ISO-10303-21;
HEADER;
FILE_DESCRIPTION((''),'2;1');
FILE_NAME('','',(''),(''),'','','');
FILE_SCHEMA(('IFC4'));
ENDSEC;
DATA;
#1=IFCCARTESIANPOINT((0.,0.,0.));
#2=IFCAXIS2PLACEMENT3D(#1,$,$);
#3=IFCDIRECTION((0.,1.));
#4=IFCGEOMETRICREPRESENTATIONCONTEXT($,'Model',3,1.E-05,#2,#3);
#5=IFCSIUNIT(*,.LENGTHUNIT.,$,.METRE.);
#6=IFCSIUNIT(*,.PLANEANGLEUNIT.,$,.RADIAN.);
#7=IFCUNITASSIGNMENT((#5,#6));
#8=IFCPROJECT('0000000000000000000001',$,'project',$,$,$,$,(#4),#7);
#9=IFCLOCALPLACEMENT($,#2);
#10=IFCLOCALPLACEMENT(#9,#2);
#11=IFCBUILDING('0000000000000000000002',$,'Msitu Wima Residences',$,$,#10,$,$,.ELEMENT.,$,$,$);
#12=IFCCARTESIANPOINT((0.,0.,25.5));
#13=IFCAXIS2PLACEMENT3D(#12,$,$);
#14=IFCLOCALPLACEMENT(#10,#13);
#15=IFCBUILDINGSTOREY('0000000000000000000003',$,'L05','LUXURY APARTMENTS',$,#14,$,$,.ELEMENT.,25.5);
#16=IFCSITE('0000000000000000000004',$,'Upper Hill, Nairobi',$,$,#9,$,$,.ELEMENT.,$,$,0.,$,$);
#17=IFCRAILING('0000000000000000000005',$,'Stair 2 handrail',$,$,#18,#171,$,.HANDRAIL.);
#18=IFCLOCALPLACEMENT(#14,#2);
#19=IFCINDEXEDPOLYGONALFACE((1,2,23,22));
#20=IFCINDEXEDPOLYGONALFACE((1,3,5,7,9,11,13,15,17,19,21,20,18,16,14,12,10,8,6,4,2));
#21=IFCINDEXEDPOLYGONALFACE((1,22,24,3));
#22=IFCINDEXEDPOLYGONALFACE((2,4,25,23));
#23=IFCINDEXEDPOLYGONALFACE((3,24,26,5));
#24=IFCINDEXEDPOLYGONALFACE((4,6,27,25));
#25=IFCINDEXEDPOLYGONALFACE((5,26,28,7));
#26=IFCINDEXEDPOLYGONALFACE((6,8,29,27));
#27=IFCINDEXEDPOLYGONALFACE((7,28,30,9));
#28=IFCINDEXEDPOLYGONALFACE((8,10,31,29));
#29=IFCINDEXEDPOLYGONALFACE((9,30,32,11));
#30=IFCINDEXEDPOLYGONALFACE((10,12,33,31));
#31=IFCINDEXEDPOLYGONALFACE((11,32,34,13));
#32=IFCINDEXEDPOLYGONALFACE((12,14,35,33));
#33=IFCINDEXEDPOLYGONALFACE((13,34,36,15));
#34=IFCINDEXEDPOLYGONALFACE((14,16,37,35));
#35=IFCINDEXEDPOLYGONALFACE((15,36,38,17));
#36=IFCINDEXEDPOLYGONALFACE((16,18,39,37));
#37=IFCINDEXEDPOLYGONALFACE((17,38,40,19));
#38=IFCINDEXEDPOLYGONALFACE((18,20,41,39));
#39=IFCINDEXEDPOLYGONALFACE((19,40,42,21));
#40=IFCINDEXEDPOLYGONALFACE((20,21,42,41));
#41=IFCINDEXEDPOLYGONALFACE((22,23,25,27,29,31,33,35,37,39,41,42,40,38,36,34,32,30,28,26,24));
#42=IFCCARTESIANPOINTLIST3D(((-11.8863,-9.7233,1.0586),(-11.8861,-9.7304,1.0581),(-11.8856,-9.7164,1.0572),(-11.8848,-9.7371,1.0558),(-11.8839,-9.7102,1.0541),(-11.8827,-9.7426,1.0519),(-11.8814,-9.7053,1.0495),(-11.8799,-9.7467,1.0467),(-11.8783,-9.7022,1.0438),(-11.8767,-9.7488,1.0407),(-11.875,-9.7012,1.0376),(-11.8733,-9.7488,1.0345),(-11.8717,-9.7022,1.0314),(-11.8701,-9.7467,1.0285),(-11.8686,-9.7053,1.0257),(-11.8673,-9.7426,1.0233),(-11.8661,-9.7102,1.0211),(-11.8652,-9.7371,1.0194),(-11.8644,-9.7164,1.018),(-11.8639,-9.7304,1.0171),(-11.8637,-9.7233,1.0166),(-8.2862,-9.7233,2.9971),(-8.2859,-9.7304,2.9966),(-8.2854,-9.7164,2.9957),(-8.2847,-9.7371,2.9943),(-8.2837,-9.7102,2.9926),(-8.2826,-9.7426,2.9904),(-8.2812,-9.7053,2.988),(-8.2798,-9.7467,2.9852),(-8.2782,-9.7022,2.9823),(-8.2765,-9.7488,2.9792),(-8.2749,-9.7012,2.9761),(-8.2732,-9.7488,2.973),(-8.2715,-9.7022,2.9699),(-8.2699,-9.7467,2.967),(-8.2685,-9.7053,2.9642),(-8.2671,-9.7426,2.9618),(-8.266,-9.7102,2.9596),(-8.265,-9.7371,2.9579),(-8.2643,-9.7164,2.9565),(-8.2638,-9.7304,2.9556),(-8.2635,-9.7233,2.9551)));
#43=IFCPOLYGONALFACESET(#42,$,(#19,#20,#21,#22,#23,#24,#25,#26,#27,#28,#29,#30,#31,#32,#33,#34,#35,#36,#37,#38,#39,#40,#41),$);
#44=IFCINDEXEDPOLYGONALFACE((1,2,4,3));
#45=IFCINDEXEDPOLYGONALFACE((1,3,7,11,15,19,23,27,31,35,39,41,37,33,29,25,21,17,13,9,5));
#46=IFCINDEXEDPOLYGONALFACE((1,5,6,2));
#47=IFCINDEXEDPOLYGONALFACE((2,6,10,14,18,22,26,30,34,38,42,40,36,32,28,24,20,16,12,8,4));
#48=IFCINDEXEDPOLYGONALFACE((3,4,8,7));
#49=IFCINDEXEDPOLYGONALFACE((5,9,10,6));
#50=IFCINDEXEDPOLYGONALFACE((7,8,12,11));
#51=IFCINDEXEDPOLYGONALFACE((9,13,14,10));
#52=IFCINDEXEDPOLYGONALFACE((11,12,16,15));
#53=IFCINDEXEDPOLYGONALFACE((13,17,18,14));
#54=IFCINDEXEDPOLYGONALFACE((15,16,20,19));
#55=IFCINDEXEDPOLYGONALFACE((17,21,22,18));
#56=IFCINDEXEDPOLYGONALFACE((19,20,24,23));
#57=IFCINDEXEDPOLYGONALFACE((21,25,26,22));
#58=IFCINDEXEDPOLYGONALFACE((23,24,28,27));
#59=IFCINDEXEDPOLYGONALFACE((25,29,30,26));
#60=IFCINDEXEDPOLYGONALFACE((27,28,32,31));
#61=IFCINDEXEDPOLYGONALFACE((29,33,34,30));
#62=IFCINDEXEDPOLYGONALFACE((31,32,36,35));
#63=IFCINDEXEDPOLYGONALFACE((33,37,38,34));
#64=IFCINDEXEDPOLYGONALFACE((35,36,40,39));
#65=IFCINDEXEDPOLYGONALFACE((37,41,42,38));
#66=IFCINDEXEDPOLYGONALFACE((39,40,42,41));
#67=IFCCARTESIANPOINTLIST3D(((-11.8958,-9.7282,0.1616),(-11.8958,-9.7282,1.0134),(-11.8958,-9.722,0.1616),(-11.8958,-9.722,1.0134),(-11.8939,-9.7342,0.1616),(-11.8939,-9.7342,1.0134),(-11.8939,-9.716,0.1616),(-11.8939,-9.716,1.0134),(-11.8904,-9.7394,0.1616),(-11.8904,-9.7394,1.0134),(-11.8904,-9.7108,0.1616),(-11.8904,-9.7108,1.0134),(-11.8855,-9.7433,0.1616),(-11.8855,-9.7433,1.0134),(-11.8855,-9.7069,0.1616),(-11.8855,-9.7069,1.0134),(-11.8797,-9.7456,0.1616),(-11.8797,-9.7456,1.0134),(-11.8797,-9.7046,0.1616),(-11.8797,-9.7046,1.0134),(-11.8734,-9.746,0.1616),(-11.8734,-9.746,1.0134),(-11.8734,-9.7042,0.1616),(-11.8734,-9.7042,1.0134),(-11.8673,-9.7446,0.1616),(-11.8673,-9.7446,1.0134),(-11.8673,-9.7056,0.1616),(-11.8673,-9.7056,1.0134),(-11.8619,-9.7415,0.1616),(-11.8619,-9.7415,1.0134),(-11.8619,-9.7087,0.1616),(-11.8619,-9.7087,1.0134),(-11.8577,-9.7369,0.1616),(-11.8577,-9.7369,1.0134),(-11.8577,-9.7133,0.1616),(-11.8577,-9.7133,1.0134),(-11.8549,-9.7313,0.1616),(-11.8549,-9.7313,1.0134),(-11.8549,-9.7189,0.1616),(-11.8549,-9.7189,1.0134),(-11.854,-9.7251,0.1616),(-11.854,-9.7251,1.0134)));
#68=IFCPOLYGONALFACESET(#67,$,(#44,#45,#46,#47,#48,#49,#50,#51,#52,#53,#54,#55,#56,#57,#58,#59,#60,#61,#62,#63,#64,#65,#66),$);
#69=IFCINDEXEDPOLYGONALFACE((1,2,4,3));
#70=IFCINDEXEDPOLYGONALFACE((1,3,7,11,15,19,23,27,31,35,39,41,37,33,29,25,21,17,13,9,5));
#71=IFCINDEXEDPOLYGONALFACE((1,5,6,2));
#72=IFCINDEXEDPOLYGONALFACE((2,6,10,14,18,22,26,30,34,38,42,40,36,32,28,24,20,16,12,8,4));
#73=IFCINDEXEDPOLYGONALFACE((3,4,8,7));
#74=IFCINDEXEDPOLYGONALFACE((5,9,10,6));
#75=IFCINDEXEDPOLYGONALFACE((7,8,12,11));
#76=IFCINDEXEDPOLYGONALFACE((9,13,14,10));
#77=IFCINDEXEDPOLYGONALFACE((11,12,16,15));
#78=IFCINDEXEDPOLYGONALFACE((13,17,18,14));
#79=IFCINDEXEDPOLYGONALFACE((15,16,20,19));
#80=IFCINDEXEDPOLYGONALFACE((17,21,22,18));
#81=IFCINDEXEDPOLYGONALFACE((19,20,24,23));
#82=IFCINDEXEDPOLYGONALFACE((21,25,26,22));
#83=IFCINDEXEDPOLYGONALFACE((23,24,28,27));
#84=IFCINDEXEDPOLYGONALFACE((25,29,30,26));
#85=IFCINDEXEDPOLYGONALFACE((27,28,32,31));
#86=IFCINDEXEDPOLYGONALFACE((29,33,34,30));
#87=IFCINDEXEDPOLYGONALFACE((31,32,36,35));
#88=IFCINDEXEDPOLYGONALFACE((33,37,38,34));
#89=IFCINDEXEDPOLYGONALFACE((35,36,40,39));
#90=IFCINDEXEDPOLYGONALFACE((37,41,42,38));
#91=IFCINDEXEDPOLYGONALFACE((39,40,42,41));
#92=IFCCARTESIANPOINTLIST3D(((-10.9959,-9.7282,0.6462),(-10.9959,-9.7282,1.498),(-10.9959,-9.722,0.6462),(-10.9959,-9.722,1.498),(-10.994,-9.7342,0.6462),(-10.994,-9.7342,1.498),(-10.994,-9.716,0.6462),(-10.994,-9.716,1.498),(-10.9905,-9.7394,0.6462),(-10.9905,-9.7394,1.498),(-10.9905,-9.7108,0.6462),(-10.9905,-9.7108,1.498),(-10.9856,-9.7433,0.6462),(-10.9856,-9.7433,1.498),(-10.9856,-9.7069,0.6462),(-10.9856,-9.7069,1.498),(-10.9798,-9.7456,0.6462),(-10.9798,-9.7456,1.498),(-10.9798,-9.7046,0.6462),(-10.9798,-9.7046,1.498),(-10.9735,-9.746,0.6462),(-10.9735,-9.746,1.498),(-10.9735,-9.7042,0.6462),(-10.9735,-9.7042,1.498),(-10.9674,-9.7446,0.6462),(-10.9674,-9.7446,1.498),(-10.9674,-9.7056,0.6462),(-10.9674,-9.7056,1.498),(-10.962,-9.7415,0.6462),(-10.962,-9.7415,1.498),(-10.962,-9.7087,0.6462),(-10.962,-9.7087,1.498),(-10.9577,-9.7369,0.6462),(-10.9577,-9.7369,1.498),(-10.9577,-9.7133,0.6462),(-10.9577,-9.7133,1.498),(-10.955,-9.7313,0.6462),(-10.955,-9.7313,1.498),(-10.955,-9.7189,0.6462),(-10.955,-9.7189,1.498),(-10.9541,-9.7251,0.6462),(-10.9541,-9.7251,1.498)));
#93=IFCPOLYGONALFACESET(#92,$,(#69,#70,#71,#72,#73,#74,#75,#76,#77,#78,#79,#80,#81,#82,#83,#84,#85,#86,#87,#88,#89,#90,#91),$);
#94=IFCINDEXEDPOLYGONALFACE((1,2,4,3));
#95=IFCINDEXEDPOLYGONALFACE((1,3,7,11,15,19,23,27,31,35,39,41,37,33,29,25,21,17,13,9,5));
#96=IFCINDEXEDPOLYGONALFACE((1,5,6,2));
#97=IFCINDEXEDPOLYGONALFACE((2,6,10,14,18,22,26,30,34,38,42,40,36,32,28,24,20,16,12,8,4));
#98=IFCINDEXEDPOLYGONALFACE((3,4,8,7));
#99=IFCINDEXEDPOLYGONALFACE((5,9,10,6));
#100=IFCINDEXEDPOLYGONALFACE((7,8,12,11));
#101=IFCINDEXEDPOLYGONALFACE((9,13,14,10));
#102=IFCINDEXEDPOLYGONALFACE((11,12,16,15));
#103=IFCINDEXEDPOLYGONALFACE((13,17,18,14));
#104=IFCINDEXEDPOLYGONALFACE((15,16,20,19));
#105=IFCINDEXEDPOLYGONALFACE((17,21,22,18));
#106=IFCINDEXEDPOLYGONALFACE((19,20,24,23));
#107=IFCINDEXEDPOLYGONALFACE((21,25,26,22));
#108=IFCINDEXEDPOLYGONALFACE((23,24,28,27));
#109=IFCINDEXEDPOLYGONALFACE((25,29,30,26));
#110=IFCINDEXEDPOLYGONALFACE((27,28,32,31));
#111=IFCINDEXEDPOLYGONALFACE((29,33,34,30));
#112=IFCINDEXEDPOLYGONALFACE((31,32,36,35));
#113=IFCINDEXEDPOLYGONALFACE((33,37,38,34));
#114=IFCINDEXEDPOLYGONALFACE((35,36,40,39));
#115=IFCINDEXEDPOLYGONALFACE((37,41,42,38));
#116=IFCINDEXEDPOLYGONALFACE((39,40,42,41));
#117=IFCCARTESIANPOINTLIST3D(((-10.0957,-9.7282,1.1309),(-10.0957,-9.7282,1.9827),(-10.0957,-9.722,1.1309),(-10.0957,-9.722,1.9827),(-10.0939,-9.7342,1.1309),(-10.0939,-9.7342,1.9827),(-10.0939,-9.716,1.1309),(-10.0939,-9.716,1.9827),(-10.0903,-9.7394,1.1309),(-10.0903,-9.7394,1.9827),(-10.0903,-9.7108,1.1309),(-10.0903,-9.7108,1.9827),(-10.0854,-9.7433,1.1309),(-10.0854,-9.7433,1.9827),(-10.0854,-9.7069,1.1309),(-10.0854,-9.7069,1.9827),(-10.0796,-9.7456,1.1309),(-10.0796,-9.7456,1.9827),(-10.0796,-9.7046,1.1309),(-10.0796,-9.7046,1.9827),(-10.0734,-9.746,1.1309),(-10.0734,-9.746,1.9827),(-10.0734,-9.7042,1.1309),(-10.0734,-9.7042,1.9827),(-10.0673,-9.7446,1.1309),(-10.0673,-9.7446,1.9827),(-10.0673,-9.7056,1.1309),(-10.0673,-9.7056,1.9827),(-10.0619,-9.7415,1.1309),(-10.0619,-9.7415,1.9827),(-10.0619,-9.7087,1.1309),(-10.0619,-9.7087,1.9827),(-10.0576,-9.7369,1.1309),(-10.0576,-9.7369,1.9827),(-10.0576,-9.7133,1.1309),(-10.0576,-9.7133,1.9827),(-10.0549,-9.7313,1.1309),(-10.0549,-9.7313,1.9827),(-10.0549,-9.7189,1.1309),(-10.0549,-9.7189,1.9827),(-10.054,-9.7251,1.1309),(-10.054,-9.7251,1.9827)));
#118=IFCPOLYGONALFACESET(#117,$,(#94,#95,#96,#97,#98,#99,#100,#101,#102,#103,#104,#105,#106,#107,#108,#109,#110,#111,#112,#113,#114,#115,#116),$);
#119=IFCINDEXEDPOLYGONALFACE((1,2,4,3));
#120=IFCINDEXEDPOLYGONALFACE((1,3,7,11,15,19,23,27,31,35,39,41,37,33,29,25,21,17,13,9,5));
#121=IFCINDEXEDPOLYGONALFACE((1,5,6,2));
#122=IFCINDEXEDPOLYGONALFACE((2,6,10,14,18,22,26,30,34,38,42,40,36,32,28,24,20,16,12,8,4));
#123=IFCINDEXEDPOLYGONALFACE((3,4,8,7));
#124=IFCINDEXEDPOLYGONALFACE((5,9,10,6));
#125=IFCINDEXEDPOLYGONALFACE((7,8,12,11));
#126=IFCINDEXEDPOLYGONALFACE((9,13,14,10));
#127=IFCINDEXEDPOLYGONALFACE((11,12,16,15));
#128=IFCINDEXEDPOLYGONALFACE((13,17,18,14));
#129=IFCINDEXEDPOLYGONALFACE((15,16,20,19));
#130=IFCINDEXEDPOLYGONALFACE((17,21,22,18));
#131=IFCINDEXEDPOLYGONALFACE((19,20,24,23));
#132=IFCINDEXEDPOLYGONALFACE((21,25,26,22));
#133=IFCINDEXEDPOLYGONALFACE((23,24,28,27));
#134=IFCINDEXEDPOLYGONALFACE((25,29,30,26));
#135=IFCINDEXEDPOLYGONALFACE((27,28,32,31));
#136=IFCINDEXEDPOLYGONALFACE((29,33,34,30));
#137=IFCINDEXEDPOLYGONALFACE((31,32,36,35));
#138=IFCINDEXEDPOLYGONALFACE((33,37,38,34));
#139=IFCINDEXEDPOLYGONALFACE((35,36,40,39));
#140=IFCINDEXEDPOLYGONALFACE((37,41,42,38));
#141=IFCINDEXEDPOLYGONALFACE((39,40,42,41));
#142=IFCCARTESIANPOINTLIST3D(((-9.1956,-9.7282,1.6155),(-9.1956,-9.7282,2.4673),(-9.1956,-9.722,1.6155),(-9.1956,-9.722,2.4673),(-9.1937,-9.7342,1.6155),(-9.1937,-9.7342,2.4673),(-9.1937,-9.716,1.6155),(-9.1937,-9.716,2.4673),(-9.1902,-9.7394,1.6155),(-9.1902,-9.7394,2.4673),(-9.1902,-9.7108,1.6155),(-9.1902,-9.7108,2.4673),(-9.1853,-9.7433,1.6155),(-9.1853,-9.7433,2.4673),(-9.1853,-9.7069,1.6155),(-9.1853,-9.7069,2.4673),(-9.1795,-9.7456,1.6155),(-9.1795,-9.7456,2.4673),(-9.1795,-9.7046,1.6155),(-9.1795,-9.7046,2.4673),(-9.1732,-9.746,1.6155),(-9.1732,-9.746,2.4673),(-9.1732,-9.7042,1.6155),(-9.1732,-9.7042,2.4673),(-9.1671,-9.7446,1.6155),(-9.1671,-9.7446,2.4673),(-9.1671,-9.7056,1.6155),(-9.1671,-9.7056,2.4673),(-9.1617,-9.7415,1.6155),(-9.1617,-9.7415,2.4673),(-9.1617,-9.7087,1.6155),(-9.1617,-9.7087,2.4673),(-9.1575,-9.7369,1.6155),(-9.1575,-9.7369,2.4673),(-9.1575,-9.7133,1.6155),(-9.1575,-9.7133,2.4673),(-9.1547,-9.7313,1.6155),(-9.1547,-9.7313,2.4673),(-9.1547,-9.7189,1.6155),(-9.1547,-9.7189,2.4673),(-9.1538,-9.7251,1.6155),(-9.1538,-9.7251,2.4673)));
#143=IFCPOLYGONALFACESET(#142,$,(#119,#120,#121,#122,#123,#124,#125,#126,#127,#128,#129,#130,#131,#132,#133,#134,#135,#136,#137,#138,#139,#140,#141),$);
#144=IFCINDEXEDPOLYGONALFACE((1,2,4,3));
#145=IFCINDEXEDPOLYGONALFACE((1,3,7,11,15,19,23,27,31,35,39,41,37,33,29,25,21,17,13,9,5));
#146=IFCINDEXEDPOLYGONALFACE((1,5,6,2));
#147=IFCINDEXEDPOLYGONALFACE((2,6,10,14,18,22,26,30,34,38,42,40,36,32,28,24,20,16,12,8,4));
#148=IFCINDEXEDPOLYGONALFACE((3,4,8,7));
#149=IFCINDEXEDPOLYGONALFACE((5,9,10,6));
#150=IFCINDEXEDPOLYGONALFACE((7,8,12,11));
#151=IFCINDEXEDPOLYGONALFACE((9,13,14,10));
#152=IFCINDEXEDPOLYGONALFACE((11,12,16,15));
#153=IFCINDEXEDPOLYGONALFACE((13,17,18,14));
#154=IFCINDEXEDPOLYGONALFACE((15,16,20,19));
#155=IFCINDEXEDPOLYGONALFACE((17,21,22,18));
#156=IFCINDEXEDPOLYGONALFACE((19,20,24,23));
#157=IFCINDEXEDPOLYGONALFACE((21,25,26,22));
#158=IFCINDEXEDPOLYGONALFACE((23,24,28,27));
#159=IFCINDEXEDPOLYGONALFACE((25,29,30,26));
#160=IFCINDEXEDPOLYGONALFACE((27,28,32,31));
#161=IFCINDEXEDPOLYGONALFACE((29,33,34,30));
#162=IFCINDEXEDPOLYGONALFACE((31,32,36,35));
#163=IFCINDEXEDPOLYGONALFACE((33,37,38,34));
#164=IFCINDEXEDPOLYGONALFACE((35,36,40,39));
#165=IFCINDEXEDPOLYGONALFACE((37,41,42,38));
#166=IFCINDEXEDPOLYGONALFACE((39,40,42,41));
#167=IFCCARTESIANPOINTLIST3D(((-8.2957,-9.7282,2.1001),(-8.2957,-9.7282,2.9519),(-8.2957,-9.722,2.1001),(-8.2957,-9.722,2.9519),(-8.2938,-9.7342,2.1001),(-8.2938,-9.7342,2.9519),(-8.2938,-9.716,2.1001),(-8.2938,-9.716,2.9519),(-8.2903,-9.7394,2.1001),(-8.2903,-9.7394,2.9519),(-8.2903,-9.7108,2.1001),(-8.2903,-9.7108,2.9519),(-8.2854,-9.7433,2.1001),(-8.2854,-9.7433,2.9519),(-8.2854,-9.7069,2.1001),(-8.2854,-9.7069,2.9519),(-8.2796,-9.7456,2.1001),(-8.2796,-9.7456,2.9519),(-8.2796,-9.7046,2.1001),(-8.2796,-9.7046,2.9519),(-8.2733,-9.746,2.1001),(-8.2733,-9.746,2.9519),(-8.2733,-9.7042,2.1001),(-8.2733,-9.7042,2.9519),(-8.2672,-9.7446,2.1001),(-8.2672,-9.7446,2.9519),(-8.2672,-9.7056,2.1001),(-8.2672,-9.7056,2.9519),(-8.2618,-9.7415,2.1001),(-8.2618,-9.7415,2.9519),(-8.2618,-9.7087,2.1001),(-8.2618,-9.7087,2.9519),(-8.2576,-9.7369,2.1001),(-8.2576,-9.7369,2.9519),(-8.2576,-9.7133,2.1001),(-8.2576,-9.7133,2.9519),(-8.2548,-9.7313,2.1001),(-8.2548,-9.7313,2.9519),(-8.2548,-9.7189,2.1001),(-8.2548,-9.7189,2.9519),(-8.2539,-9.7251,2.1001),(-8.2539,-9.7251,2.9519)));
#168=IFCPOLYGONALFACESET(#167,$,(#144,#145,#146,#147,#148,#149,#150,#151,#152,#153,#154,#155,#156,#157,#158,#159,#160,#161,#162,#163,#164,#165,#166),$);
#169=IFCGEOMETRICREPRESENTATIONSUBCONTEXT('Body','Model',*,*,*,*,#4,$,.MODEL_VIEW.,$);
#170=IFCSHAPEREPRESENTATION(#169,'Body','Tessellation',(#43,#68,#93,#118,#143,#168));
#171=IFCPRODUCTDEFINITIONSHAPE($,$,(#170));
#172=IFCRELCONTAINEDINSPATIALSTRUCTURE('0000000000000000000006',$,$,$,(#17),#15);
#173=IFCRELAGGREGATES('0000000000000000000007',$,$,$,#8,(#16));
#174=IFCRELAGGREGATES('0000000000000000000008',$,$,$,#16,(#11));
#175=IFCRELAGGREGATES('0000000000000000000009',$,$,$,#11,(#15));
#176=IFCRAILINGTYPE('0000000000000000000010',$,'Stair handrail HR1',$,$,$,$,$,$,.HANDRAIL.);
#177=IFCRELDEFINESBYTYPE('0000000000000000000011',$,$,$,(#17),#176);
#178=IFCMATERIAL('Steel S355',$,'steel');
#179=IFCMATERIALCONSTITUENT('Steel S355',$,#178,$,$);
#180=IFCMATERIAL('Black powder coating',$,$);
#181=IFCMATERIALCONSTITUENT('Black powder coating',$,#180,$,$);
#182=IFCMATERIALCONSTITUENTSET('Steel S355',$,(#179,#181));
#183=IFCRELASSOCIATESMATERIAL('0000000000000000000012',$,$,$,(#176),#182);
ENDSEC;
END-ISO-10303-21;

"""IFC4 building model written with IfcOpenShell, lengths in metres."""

from ifc_helpers import new_model, si_unit, direction, frame, origin, origin_2d, place, context, subcontext, project, spatial, circle, extrude, material, constituent, constituent_set, type_object, element, save


model = new_model("IFC4")

# Units and contexts
model_context = context("Model", 3, precision=1e-05, world=origin(), true_north=direction((0.0, 1.0)))
body_context = subcontext(model_context, "Body", "Model", "MODEL_VIEW")
ifc_project = project(units=[si_unit("LENGTHUNIT", "METRE"), si_unit("PLANEANGLEUNIT", "RADIAN")], contexts=[model_context])

# Site, building, storey
site_placement = place(None, origin())
site = spatial("IfcSite", under=ifc_project, at=site_placement, Name="Upper Hill, Nairobi", CompositionType="ELEMENT", RefElevation=0.0)
building_placement = place(site_placement, origin())
building = spatial("IfcBuilding", under=site, at=building_placement, Name="Msitu Wima Residences", CompositionType="ELEMENT")
storey_placement = place(building_placement, frame((0.0, 0.0, 25.5)))
storey = spatial("IfcBuildingStorey", under=building, at=storey_placement, Name="L05", Description="LUXURY APARTMENTS", CompositionType="ELEMENT", Elevation=25.5)

# Railing
ifc_material_1 = material(Name="Steel S355", Category="steel")
ifc_constituent_1 = constituent(ifc_material_1, Name="Steel S355")
ifc_material_2 = material(Name="Black powder coating")
ifc_constituent_2 = constituent(ifc_material_2, Name="Black powder coating")
ifc_constituent_set = constituent_set(constituents=[ifc_constituent_1, ifc_constituent_2], Name="Steel S355")
railing_type = type_object("IfcRailingType", Name="Stair handrail HR1", PredefinedType="HANDRAIL", material=ifc_constituent_set)
for number, where, name in (
    (1, (-11.875, -9.7251, 0.1616), "Stair 2 handrail"),
):
    element("IfcRailing", number, at=place(storey_placement, frame(where)), inside=storey, type_object=railing_type, Name=name, PredefinedType="HANDRAIL", context=body_context, shape_type="SweptSolid", body=[
        extrude(circle(Radius=0.0239, at=origin_2d()), frame((0.0, 0.0, 0.876), z_axis=(0.880475, 0.0, 0.474093), x_axis=(0.0, 1.0, 0.0)), (0.0, 0.0, 1.0), 4.0889),
        extrude(circle(Radius=0.021, at=origin_2d()), origin(), (0.0, 0.0, 1.0), 0.8518),
        extrude(circle(Radius=0.021, at=origin_2d()), frame((0.8999, 0.0, 0.4846)), (0.0, 0.0, 1.0), 0.8518),
        extrude(circle(Radius=0.021, at=origin_2d()), frame((1.8, 0.0, 0.9692)), (0.0, 0.0, 1.0), 0.8518),
        extrude(circle(Radius=0.021, at=origin_2d()), frame((2.7002, 0.0, 1.4539)), (0.0, 0.0, 1.0), 0.8518),
        extrude(circle(Radius=0.021, at=origin_2d()), frame((3.6001, 0.0, 1.9385)), (0.0, 0.0, 1.0), 0.8518),
    ])

save(model, "model.ifc")
